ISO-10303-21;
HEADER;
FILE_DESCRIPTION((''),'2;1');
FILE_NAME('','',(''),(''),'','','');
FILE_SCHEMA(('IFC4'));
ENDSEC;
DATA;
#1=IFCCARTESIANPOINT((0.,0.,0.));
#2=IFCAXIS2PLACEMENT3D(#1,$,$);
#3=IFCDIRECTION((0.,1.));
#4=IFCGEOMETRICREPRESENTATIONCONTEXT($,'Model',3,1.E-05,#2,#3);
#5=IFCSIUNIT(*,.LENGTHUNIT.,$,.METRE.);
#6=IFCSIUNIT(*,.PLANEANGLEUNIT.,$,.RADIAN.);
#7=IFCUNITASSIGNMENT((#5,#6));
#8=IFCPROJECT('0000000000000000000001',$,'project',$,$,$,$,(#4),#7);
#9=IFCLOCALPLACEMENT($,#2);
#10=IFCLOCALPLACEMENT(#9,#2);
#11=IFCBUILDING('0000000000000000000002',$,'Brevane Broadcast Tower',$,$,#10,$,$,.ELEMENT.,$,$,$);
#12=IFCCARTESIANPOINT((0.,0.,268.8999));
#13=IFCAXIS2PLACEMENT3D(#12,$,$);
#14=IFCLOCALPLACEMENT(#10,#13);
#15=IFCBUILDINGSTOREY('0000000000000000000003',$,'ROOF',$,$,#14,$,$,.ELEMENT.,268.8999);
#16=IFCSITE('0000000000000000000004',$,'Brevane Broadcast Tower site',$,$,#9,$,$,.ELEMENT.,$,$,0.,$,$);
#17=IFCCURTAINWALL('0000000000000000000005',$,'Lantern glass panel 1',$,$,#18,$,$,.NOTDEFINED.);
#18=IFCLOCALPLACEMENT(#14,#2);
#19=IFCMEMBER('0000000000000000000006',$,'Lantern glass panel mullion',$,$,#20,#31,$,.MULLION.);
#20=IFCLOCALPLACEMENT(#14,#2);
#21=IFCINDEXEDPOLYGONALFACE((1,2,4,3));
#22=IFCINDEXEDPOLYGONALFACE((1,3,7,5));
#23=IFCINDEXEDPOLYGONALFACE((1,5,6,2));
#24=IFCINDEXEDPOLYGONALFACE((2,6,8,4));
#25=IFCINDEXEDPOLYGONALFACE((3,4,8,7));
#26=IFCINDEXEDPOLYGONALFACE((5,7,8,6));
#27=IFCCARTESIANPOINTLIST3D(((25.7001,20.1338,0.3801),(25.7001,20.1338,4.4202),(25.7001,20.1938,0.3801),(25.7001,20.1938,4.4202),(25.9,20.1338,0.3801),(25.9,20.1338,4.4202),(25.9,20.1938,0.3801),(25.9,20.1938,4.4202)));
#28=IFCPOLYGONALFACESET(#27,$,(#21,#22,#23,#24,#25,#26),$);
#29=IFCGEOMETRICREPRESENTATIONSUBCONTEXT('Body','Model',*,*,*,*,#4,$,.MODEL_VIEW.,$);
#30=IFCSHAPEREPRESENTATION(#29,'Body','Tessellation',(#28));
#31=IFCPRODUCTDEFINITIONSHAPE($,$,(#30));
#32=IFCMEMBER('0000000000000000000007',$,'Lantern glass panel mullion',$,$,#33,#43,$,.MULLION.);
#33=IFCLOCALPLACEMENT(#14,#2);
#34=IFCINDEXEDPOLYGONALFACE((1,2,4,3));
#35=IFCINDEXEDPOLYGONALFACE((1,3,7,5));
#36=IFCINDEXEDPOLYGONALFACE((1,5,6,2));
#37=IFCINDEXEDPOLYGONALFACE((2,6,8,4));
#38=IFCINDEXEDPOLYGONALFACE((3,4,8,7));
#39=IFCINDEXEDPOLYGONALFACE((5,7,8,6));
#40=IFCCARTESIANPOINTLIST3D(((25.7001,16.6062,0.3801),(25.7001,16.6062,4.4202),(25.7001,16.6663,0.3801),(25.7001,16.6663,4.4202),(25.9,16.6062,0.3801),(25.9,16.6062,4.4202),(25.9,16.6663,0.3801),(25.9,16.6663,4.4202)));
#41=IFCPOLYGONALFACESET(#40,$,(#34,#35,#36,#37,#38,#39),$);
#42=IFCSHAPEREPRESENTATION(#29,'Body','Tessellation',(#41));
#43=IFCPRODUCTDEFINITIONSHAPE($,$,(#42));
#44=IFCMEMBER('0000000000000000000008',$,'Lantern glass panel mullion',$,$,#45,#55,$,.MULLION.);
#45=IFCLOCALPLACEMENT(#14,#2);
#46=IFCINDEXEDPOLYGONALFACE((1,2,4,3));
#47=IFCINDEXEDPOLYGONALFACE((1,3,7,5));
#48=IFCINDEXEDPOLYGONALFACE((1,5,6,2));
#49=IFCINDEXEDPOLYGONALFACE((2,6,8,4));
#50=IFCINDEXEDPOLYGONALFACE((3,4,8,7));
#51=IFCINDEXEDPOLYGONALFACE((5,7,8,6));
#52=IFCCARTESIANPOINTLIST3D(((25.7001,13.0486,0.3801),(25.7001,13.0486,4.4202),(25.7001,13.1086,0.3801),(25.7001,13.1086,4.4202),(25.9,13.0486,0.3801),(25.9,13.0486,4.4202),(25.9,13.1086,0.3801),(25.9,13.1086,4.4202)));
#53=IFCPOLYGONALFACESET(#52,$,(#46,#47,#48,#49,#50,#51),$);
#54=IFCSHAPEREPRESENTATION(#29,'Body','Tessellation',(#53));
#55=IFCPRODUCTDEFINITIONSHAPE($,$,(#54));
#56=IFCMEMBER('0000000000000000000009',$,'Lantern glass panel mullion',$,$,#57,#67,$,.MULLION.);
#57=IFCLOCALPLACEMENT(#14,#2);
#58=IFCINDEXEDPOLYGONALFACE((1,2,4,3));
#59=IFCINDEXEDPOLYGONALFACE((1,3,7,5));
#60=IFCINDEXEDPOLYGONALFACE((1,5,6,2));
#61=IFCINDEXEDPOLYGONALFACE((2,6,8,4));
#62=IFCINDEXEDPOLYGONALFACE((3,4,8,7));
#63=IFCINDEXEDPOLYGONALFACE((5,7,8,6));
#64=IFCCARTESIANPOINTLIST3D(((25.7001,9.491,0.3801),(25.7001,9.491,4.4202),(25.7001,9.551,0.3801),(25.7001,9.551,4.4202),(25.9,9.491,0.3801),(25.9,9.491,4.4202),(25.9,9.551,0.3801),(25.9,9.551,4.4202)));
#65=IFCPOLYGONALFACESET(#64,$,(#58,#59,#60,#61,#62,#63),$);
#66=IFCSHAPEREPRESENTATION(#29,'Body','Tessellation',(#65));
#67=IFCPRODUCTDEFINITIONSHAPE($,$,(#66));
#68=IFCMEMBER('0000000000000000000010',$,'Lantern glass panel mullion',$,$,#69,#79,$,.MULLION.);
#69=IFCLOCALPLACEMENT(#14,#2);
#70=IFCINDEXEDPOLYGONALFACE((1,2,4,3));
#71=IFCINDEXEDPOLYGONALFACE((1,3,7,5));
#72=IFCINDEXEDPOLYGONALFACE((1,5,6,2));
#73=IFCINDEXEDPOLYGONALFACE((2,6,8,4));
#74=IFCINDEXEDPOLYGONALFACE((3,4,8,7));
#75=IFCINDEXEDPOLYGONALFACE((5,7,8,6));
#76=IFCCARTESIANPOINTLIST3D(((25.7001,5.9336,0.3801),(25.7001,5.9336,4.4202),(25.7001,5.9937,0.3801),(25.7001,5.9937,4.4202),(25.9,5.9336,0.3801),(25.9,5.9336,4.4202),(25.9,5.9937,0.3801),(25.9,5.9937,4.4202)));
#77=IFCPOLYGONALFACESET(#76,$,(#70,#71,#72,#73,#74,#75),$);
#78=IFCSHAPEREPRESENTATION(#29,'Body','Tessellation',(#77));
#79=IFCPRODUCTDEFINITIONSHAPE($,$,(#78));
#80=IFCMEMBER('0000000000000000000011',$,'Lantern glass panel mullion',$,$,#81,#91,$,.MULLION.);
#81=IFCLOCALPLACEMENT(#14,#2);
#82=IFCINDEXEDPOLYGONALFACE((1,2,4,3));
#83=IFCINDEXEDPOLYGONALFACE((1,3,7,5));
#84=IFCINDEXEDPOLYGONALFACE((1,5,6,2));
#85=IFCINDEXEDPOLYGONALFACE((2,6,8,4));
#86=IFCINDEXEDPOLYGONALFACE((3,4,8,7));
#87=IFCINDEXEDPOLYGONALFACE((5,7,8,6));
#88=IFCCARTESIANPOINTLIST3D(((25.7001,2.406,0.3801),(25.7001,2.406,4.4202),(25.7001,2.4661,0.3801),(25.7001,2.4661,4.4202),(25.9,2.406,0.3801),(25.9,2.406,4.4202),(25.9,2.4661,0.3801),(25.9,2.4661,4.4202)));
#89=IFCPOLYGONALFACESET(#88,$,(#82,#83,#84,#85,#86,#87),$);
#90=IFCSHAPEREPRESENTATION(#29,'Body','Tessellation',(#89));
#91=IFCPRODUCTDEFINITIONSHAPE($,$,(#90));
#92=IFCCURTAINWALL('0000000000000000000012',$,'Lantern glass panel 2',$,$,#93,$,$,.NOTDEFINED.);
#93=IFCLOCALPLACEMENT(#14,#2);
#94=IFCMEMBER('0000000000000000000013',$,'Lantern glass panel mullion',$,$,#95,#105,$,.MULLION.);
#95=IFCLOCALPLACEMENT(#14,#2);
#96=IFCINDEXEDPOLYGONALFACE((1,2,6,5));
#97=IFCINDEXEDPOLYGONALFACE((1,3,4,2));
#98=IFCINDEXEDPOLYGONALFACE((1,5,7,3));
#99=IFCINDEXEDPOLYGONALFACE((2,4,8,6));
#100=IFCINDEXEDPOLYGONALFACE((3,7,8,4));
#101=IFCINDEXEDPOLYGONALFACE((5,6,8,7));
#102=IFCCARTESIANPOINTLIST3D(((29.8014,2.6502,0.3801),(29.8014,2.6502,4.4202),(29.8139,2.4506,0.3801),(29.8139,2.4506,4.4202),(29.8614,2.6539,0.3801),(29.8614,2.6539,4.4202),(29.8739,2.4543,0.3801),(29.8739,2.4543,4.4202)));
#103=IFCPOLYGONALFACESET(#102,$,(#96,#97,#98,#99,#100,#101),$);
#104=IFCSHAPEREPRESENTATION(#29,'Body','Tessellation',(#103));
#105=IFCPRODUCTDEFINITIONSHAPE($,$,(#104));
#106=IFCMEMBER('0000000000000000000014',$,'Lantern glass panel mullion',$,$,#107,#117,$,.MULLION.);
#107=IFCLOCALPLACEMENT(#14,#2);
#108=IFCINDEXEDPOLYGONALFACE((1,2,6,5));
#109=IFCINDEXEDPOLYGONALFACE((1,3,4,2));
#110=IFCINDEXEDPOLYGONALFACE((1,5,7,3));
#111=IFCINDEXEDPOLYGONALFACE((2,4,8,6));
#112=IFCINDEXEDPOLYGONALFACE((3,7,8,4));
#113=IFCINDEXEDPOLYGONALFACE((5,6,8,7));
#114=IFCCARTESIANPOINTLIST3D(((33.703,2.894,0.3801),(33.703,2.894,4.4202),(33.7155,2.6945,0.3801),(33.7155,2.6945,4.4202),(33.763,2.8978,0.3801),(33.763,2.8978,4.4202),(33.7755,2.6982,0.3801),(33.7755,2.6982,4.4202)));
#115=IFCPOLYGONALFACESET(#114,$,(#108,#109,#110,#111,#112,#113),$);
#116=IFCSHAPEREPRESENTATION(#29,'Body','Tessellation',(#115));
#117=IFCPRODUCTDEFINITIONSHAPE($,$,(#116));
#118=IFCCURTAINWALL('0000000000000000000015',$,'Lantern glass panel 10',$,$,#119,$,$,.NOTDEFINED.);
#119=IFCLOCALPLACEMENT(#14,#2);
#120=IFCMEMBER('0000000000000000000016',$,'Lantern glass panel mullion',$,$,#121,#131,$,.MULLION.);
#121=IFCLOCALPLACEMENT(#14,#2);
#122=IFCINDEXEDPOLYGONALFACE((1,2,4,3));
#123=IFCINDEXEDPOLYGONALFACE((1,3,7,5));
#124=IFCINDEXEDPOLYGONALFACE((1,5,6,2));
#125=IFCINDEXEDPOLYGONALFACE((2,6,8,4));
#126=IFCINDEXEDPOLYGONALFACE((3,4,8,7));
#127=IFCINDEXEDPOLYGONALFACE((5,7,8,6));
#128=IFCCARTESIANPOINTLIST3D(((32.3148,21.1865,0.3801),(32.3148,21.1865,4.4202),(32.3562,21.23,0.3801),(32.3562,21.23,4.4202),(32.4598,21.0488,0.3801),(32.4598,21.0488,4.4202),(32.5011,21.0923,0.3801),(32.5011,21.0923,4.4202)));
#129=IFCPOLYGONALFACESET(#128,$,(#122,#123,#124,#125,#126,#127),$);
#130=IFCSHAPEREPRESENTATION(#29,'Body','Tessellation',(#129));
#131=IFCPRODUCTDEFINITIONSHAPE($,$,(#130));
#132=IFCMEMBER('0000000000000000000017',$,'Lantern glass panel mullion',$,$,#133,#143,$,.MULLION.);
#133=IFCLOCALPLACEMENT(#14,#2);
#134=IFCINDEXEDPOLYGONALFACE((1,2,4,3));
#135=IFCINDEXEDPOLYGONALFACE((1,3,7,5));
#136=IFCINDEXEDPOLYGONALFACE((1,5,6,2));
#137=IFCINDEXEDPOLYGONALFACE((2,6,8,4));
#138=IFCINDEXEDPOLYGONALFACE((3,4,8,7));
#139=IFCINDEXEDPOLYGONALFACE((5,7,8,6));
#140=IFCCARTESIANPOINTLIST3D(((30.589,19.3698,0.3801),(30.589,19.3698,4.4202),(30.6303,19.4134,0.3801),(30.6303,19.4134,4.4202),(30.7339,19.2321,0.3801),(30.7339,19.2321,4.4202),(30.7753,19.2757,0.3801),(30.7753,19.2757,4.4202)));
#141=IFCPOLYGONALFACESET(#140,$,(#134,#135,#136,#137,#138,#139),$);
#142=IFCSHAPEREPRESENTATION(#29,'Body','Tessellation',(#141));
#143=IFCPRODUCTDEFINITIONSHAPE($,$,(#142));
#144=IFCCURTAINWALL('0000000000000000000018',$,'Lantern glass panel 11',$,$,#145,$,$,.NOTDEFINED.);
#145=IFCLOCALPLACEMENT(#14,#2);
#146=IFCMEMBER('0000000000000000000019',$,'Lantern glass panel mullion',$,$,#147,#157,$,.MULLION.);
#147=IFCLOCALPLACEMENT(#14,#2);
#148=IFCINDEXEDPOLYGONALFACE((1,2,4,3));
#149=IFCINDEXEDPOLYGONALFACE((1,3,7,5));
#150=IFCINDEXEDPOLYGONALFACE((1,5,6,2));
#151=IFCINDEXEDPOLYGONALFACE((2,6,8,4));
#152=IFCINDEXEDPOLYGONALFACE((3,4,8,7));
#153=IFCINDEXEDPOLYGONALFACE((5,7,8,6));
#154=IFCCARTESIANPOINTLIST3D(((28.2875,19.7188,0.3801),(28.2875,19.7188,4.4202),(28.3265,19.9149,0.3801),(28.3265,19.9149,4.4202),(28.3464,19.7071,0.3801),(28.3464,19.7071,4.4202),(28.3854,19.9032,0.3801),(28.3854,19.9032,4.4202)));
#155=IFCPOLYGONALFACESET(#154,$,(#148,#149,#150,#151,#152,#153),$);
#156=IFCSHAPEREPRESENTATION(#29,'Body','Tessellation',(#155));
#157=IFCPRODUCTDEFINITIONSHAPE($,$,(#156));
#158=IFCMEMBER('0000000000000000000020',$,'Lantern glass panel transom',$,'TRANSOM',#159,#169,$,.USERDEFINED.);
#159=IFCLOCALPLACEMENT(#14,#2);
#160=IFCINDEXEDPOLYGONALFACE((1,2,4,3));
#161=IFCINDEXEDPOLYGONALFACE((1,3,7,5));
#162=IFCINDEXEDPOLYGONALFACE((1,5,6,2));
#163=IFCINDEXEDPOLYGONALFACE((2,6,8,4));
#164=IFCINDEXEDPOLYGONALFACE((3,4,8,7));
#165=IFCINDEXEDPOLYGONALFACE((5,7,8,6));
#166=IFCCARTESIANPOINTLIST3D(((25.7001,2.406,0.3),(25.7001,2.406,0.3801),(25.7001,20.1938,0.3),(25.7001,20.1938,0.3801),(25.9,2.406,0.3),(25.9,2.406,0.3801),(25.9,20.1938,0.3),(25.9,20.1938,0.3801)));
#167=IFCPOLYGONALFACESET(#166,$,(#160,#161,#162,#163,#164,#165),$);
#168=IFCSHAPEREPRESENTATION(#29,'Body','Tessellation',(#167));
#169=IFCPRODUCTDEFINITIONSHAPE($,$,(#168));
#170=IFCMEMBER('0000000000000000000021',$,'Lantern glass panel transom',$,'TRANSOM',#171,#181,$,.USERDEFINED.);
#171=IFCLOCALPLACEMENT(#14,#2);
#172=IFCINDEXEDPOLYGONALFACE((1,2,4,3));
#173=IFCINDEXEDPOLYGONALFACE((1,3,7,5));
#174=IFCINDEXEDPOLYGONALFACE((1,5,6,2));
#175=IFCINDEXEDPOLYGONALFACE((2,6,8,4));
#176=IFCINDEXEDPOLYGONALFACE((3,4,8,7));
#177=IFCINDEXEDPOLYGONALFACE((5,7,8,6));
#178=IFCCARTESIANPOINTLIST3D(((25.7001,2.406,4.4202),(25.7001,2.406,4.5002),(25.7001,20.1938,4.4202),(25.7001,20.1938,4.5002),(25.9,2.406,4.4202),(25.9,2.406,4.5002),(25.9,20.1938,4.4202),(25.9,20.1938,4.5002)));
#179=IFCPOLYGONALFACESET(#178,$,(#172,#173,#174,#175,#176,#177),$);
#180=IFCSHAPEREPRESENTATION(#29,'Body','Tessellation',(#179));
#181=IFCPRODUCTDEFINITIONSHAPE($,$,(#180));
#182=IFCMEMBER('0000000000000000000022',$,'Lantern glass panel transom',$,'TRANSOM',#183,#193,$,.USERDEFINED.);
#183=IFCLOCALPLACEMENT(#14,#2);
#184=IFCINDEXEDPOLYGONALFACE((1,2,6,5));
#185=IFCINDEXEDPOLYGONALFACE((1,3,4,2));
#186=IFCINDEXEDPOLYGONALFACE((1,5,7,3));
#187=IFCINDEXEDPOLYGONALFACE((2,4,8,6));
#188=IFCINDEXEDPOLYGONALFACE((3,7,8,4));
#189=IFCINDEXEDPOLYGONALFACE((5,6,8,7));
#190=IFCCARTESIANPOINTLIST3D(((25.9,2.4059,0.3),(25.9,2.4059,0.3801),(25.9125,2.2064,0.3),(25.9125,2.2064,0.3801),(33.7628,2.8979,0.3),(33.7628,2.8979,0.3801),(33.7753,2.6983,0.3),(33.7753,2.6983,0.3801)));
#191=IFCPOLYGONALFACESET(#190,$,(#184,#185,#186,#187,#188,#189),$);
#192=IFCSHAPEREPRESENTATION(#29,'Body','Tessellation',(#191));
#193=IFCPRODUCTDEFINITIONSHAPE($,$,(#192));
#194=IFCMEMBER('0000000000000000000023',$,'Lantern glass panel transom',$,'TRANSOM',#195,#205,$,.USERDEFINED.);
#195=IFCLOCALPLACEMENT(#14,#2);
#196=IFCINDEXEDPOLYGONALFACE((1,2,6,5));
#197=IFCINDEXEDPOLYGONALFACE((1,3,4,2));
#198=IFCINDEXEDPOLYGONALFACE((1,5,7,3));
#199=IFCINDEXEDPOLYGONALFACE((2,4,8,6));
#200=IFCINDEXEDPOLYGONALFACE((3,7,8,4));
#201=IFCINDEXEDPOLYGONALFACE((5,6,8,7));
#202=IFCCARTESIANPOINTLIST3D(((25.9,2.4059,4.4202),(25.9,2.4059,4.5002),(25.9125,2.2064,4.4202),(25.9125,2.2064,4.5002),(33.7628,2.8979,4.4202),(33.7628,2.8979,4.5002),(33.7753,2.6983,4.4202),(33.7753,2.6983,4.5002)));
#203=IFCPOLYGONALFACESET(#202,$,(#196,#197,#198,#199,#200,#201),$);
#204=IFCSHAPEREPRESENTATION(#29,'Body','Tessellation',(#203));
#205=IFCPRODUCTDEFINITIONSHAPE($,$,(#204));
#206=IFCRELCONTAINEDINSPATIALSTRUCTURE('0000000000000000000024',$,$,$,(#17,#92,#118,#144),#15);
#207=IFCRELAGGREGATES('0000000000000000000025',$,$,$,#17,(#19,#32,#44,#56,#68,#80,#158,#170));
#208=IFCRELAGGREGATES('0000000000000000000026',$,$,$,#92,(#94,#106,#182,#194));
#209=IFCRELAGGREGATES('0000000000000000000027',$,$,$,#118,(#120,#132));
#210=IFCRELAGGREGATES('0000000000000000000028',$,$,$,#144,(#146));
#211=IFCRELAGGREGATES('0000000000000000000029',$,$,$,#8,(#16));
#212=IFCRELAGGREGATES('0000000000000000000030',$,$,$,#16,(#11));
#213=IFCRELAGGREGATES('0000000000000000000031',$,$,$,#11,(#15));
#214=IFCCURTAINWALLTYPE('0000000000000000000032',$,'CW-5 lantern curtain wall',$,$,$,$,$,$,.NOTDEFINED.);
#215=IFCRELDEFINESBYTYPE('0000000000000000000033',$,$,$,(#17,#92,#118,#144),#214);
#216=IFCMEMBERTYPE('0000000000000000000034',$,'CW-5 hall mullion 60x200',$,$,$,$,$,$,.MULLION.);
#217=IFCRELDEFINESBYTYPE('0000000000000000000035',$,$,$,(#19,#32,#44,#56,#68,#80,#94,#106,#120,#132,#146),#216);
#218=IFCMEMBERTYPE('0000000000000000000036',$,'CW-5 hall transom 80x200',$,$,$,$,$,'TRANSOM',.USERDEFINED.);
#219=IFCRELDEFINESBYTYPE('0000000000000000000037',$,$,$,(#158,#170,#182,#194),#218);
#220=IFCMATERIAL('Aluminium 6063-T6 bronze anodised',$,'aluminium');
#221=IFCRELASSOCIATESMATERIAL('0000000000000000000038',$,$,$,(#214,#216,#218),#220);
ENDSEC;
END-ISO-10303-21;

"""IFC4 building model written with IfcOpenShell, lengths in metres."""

from ifc_helpers import new_model, si_unit, direction, frame, origin, origin_2d, place, context, subcontext, project, spatial, rectangle, extrude, material, material_profile, profile_set, type_object, element, aggregate, save


model = new_model("IFC4")

# Units and contexts
model_context = context("Model", 3, precision=1e-05, world=origin(), true_north=direction((0.0, 1.0)))
body_context = subcontext(model_context, "Body", "Model", "MODEL_VIEW")
ifc_project = project(units=[si_unit("LENGTHUNIT", "METRE"), si_unit("PLANEANGLEUNIT", "RADIAN")], contexts=[model_context])

# Site, building, storey
site_placement = place(None, origin())
site = spatial("IfcSite", under=ifc_project, at=site_placement, Name="Brevane Broadcast Tower site", CompositionType="ELEMENT", RefElevation=0.0)
building_placement = place(site_placement, origin())
building = spatial("IfcBuilding", under=site, at=building_placement, Name="Brevane Broadcast Tower", CompositionType="ELEMENT")
storey_placement = place(building_placement, frame((0.0, 0.0, 268.8999)))
storey = spatial("IfcBuildingStorey", under=building, at=storey_placement, Name="ROOF", CompositionType="ELEMENT", Elevation=268.8999)

# Curtain walls, members
ifc_material_1 = material(Name="Aluminium 6063-T6 bronze anodised", Category="aluminium")
curtain_wall_type = type_object("IfcCurtainWallType", Name="CW-5 lantern curtain wall", PredefinedType="NOTDEFINED", material=ifc_material_1)
curtain_wall_1_placement = place(storey_placement, origin())
curtain_wall_1 = element("IfcCurtainWall", 1, at=curtain_wall_1_placement, inside=storey, type_object=curtain_wall_type, Name="Lantern glass panel 1", PredefinedType="NOTDEFINED")
ifc_material_profile_1 = material_profile(ifc_material_1, rectangle(XDim=0.2, YDim=0.0601, at=origin_2d()), Name="RECT 60x200")
ifc_profile_set_1 = profile_set([ifc_material_profile_1], Name="Aluminium 6063-T6 bronze anodised")
member_type_1 = type_object("IfcMemberType", Name="CW-5 hall mullion 60x200", PredefinedType="MULLION", material=ifc_profile_set_1)
member_1_placement = place(storey_placement, frame((25.8, 20.1638, 0.3801), z_axis=(0.0, 0.0, 1.0), x_axis=(1.0, 0.0, 0.0)))
member_1 = element("IfcMember", 2, at=member_1_placement, type_object=member_type_1, Name="Lantern glass panel mullion", PredefinedType="MULLION", context=body_context, shape_type="SweptSolid", body=[
    extrude(rectangle(XDim=0.2, YDim=0.0601, at=origin_2d()), origin(), (0.0, 0.0, 1.0), 4.04),
])
member_2_placement = place(storey_placement, frame((25.8, 16.6362, 0.3801), z_axis=(0.0, 0.0, 1.0), x_axis=(1.0, 0.0, 0.0)))
member_2 = element("IfcMember", 3, at=member_2_placement, type_object=member_type_1, Name="Lantern glass panel mullion", PredefinedType="MULLION", context=body_context, shape_type="SweptSolid", body=[
    extrude(rectangle(XDim=0.2, YDim=0.0601, at=origin_2d()), origin(), (0.0, 0.0, 1.0), 4.04),
])
member_3_placement = place(storey_placement, frame((25.8, 13.0786, 0.3801), z_axis=(0.0, 0.0, 1.0), x_axis=(1.0, 0.0, 0.0)))
member_3 = element("IfcMember", 4, at=member_3_placement, type_object=member_type_1, Name="Lantern glass panel mullion", PredefinedType="MULLION", context=body_context, shape_type="SweptSolid", body=[
    extrude(rectangle(XDim=0.2, YDim=0.0601, at=origin_2d()), origin(), (0.0, 0.0, 1.0), 4.04),
])
member_4_placement = place(storey_placement, frame((25.8, 9.521, 0.3801), z_axis=(0.0, 0.0, 1.0), x_axis=(1.0, 0.0, 0.0)))
member_4 = element("IfcMember", 5, at=member_4_placement, type_object=member_type_1, Name="Lantern glass panel mullion", PredefinedType="MULLION", context=body_context, shape_type="SweptSolid", body=[
    extrude(rectangle(XDim=0.2, YDim=0.0601, at=origin_2d()), origin(), (0.0, 0.0, 1.0), 4.04),
])
member_5_placement = place(storey_placement, frame((25.8, 5.9636, 0.3801), z_axis=(0.0, 0.0, 1.0), x_axis=(1.0, 0.0, 0.0)))
member_5 = element("IfcMember", 6, at=member_5_placement, type_object=member_type_1, Name="Lantern glass panel mullion", PredefinedType="MULLION", context=body_context, shape_type="SweptSolid", body=[
    extrude(rectangle(XDim=0.2, YDim=0.0601, at=origin_2d()), origin(), (0.0, 0.0, 1.0), 4.04),
])
member_6_placement = place(storey_placement, frame((25.8, 2.436, 0.3801), z_axis=(0.0, 0.0, 1.0), x_axis=(1.0, 0.0, 0.0)))
member_6 = element("IfcMember", 7, at=member_6_placement, type_object=member_type_1, Name="Lantern glass panel mullion", PredefinedType="MULLION", context=body_context, shape_type="SweptSolid", body=[
    extrude(rectangle(XDim=0.2, YDim=0.0601, at=origin_2d()), origin(), (0.0, 0.0, 1.0), 4.04),
])
curtain_wall_2_placement = place(storey_placement, origin())
curtain_wall_2 = element("IfcCurtainWall", 8, at=curtain_wall_2_placement, inside=storey, type_object=curtain_wall_type, Name="Lantern glass panel 2", PredefinedType="NOTDEFINED")
member_7_placement = place(storey_placement, frame((29.8376, 2.5522, 0.3801), z_axis=(0.0, 0.0, 1.0), x_axis=(-0.062433, 0.998049, 0.0)))
member_7 = element("IfcMember", 9, at=member_7_placement, type_object=member_type_1, Name="Lantern glass panel mullion", PredefinedType="MULLION", context=body_context, shape_type="SweptSolid", body=[
    extrude(rectangle(XDim=0.2, YDim=0.0601, at=origin_2d()), origin(), (0.0, 0.0, 1.0), 4.04),
])
member_8_placement = place(storey_placement, frame((33.7393, 2.7961, 0.3801), z_axis=(0.0, 0.0, 1.0), x_axis=(-0.062433, 0.998049, 0.0)))
member_8 = element("IfcMember", 10, at=member_8_placement, type_object=member_type_1, Name="Lantern glass panel mullion", PredefinedType="MULLION", context=body_context, shape_type="SweptSolid", body=[
    extrude(rectangle(XDim=0.2, YDim=0.0601, at=origin_2d()), origin(), (0.0, 0.0, 1.0), 4.04),
])
curtain_wall_3_placement = place(storey_placement, origin())
curtain_wall_3 = element("IfcCurtainWall", 11, at=curtain_wall_3_placement, inside=storey, type_object=curtain_wall_type, Name="Lantern glass panel 10", PredefinedType="NOTDEFINED")
member_9_placement = place(storey_placement, frame((32.408, 21.1394, 0.3801), z_axis=(0.0, 0.0, 1.0), x_axis=(0.725023, -0.688725, 0.0)))
member_9 = element("IfcMember", 12, at=member_9_placement, type_object=member_type_1, Name="Lantern glass panel mullion", PredefinedType="MULLION", context=body_context, shape_type="SweptSolid", body=[
    extrude(rectangle(XDim=0.2, YDim=0.0601, at=origin_2d()), origin(), (0.0, 0.0, 1.0), 4.04),
])
member_10_placement = place(storey_placement, frame((30.6821, 19.3228, 0.3801), z_axis=(0.0, 0.0, 1.0), x_axis=(0.725023, -0.688725, 0.0)))
member_10 = element("IfcMember", 13, at=member_10_placement, type_object=member_type_1, Name="Lantern glass panel mullion", PredefinedType="MULLION", context=body_context, shape_type="SweptSolid", body=[
    extrude(rectangle(XDim=0.2, YDim=0.0601, at=origin_2d()), origin(), (0.0, 0.0, 1.0), 4.04),
])

# Curtain wall, member
curtain_wall_4_placement = place(storey_placement, origin())
curtain_wall_4 = element("IfcCurtainWall", 14, at=curtain_wall_4_placement, inside=storey, type_object=curtain_wall_type, Name="Lantern glass panel 11", PredefinedType="NOTDEFINED")
member_11_placement = place(storey_placement, frame((28.3364, 19.811, 0.3801), z_axis=(0.0, 0.0, 1.0), x_axis=(-0.19509, -0.980785, 0.0)))
member_11 = element("IfcMember", 15, at=member_11_placement, type_object=member_type_1, Name="Lantern glass panel mullion", PredefinedType="MULLION", context=body_context, shape_type="SweptSolid", body=[
    extrude(rectangle(XDim=0.2, YDim=0.0601, at=origin_2d()), origin(), (0.0, 0.0, 1.0), 4.04),
])

# Members
ifc_material_profile_2 = material_profile(ifc_material_1, rectangle(XDim=0.2, YDim=0.0801, at=origin_2d()), Name="RECT 80x200")
ifc_profile_set_2 = profile_set([ifc_material_profile_2], Name="Aluminium 6063-T6 bronze anodised")
member_type_2 = type_object("IfcMemberType", Name="CW-5 hall transom 80x200", ElementType="TRANSOM", PredefinedType="USERDEFINED", material=ifc_profile_set_2)
member_12_placement = place(storey_placement, frame((25.8, 20.1938, 0.3401), z_axis=(0.0, -1.0, 0.0), x_axis=(1.0, 0.0, 0.0)))
member_12 = element("IfcMember", 16, at=member_12_placement, type_object=member_type_2, Name="Lantern glass panel transom", ObjectType="TRANSOM", PredefinedType="USERDEFINED", context=body_context, shape_type="SweptSolid", body=[
    extrude(rectangle(XDim=0.2, YDim=0.0801, at=origin_2d()), origin(), (0.0, 0.0, 1.0), 17.7878),
])
member_13_placement = place(storey_placement, frame((25.8, 20.1938, 4.4602), z_axis=(0.0, -1.0, 0.0), x_axis=(1.0, 0.0, 0.0)))
member_13 = element("IfcMember", 17, at=member_13_placement, type_object=member_type_2, Name="Lantern glass panel transom", ObjectType="TRANSOM", PredefinedType="USERDEFINED", context=body_context, shape_type="SweptSolid", body=[
    extrude(rectangle(XDim=0.2, YDim=0.0801, at=origin_2d()), origin(), (0.0, 0.0, 1.0), 17.7878),
])
member_14_placement = place(storey_placement, frame((25.9062, 2.3062, 0.3401), z_axis=(0.998048, 0.062444, 0.0), x_axis=(-0.062444, 0.998048, 0.0)))
member_14 = element("IfcMember", 18, at=member_14_placement, type_object=member_type_2, Name="Lantern glass panel transom", ObjectType="TRANSOM", PredefinedType="USERDEFINED", context=body_context, shape_type="SweptSolid", body=[
    extrude(rectangle(XDim=0.2, YDim=0.0801, at=origin_2d()), origin(), (0.0, 0.0, 1.0), 7.8782),
])
member_15_placement = place(storey_placement, frame((25.9062, 2.3062, 4.4602), z_axis=(0.998048, 0.062444, 0.0), x_axis=(-0.062444, 0.998048, 0.0)))
member_15 = element("IfcMember", 19, at=member_15_placement, type_object=member_type_2, Name="Lantern glass panel transom", ObjectType="TRANSOM", PredefinedType="USERDEFINED", context=body_context, shape_type="SweptSolid", body=[
    extrude(rectangle(XDim=0.2, YDim=0.0801, at=origin_2d()), origin(), (0.0, 0.0, 1.0), 7.8782),
])

aggregate(curtain_wall_1, [member_1, member_2, member_3, member_4, member_5, member_6, member_12, member_13])
aggregate(curtain_wall_2, [member_7, member_8, member_14, member_15])
aggregate(curtain_wall_3, [member_9, member_10])
aggregate(curtain_wall_4, [member_11])

save(model, "model.ifc")
